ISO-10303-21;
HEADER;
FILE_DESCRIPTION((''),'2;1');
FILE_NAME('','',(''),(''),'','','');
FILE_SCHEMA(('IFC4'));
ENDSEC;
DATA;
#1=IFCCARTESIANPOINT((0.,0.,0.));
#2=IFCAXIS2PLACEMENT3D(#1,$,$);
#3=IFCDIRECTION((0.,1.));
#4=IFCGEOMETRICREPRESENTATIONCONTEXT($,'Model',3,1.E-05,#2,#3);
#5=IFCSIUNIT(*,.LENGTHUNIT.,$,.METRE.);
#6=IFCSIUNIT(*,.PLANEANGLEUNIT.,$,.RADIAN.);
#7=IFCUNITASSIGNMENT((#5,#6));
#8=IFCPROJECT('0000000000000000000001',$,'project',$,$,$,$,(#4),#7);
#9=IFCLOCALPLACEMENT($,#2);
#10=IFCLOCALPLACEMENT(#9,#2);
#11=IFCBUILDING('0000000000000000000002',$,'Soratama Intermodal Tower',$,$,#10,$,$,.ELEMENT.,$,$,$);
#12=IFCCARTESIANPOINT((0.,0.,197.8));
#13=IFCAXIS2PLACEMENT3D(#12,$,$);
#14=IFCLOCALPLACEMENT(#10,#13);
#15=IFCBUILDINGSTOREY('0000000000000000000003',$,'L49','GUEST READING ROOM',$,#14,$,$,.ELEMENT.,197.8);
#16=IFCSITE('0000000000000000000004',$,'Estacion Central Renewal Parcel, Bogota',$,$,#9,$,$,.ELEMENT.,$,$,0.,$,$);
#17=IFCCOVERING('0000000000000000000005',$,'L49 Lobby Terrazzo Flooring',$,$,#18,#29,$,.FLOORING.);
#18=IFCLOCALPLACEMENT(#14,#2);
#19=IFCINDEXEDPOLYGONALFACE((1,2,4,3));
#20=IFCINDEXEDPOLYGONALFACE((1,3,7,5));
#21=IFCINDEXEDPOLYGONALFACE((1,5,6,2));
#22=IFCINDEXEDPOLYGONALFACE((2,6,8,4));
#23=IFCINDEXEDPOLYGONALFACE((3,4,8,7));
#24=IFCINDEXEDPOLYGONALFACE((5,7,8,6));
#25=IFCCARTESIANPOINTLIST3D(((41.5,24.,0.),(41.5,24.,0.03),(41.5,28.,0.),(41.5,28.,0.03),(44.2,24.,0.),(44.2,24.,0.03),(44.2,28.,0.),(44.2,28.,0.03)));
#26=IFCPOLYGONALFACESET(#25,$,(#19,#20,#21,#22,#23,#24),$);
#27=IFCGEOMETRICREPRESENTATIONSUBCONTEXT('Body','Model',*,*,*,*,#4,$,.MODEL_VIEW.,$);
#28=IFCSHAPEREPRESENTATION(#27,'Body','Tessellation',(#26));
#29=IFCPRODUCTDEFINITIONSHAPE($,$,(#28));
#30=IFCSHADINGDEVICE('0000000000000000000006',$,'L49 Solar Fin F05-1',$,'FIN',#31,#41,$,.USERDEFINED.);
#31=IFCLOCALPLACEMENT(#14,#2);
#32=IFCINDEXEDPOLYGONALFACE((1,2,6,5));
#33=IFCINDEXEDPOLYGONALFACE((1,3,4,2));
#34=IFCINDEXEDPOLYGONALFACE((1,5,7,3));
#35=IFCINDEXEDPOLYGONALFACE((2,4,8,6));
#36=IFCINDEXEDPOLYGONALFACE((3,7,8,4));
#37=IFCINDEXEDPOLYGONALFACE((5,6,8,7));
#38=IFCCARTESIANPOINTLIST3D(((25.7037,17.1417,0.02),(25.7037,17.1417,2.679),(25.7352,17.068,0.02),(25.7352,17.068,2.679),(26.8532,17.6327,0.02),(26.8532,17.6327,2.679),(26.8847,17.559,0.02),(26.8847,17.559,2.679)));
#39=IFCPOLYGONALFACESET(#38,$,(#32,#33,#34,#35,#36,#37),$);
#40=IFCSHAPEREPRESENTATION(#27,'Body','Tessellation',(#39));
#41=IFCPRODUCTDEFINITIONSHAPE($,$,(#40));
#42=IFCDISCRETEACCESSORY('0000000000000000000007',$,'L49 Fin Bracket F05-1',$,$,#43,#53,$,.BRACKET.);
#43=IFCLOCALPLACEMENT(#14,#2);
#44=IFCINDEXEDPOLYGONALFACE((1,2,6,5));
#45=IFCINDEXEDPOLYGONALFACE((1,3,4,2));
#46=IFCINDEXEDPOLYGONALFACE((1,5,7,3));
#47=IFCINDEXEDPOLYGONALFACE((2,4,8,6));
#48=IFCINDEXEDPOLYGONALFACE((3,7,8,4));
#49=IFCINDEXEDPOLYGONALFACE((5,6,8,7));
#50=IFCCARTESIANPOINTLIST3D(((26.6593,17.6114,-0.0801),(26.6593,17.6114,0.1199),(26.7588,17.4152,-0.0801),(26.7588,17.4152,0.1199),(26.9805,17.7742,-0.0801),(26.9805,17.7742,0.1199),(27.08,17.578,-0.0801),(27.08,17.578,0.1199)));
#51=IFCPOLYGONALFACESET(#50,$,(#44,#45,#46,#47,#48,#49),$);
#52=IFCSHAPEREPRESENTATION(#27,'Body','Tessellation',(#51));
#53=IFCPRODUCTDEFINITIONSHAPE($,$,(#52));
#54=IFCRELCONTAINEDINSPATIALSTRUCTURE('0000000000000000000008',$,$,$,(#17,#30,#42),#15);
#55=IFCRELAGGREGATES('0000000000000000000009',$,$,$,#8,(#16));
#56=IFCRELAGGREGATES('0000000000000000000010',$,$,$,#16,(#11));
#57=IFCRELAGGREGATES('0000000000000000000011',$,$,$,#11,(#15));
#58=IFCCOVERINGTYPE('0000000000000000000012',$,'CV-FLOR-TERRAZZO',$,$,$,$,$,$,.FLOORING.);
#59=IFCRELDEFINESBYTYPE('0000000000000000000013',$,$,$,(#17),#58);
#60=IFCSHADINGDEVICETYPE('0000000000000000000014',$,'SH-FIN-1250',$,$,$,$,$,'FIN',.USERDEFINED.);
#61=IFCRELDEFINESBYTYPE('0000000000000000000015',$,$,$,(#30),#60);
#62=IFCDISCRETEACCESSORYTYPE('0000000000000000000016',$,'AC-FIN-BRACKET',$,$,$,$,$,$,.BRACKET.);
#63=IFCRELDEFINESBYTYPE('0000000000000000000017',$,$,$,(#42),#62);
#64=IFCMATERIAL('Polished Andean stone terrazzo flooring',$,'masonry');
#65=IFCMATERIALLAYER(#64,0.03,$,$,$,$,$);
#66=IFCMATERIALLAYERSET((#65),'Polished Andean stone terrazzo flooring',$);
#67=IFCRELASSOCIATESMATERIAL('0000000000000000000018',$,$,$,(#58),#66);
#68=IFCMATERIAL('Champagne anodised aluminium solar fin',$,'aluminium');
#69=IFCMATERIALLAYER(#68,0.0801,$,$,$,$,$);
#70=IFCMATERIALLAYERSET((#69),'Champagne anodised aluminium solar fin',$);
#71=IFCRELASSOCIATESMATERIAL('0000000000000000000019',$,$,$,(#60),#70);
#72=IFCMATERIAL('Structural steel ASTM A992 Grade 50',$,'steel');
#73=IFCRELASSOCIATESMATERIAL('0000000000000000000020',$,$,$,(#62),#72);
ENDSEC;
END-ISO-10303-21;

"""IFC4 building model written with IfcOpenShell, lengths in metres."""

from ifc_helpers import new_model, si_unit, direction, frame, origin, origin_2d, place, context, subcontext, project, spatial, polyline, rectangle, outline, extrude, material, layer, layer_set, type_object, element, save


model = new_model("IFC4")

# Units and contexts
model_context = context("Model", 3, precision=1e-05, world=origin(), true_north=direction((0.0, 1.0)))
body_context = subcontext(model_context, "Body", "Model", "MODEL_VIEW")
ifc_project = project(units=[si_unit("LENGTHUNIT", "METRE"), si_unit("PLANEANGLEUNIT", "RADIAN")], contexts=[model_context])

# Site, building, storey
site_placement = place(None, origin())
site = spatial("IfcSite", under=ifc_project, at=site_placement, Name="Estacion Central Renewal Parcel, Bogota", CompositionType="ELEMENT", RefElevation=0.0)
building_placement = place(site_placement, origin())
building = spatial("IfcBuilding", under=site, at=building_placement, Name="Soratama Intermodal Tower", CompositionType="ELEMENT")
storey_placement = place(building_placement, frame((0.0, 0.0, 197.8)))
storey = spatial("IfcBuildingStorey", under=building, at=storey_placement, Name="L49", Description="GUEST READING ROOM", CompositionType="ELEMENT", Elevation=197.8)

# Covering
ifc_material_1 = material(Name="Polished Andean stone terrazzo flooring", Category="masonry")
ifc_layer_1 = layer(ifc_material_1, 0.03)
ifc_layer_set_1 = layer_set([ifc_layer_1], Name="Polished Andean stone terrazzo flooring")
covering_type_1 = type_object("IfcCoveringType", Name="CV-FLOR-TERRAZZO", PredefinedType="FLOORING", material=ifc_layer_set_1)
covering_1_placement = place(storey_placement, origin())
element("IfcCovering", 1, at=covering_1_placement, inside=storey, type_object=covering_type_1, Name="L49 Lobby Terrazzo Flooring", PredefinedType="FLOORING", context=body_context, shape_type="SweptSolid", body=[
    extrude(outline(polyline([(41.5, 24.0), (44.2, 24.0), (44.2, 28.0), (41.5, 28.0), (41.5, 24.0)])), origin(), (0.0, 0.0, 1.0), 0.03),
])

# Shading device
ifc_material_2 = material(Name="Champagne anodised aluminium solar fin", Category="aluminium")
ifc_layer_2 = layer(ifc_material_2, 0.0801)
ifc_layer_set_2 = layer_set([ifc_layer_2], Name="Champagne anodised aluminium solar fin")
shading_device_type = type_object("IfcShadingDeviceType", Name="SH-FIN-1250", ElementType="FIN", PredefinedType="USERDEFINED", material=ifc_layer_set_2)
shading_device_placement = place(storey_placement, frame((26.2942, 17.3503, 0.02), z_axis=(0.0, 0.0, 1.0), x_axis=(-0.919616, -0.392819, 0.0)))
element("IfcShadingDevice", 2, at=shading_device_placement, inside=storey, type_object=shading_device_type, Name="L49 Solar Fin F05-1", ObjectType="FIN", PredefinedType="USERDEFINED", context=body_context, shape_type="SweptSolid", body=[
    extrude(rectangle(XDim=1.25, YDim=0.0801, at=origin_2d()), origin(), (0.0, 0.0, 1.0), 2.6589),
])

# Discrete accessory
ifc_material_3 = material(Name="Structural steel ASTM A992 Grade 50", Category="steel")
discrete_accessory_type = type_object("IfcDiscreteAccessoryType", Name="AC-FIN-BRACKET", PredefinedType="BRACKET", material=ifc_material_3)
discrete_accessory_placement = place(storey_placement, frame((26.8696, 17.5947, -0.0801), z_axis=(0.0, 0.0, 1.0), x_axis=(-0.891955, -0.452123, 0.0)))
element("IfcDiscreteAccessory", 3, at=discrete_accessory_placement, inside=storey, type_object=discrete_accessory_type, Name="L49 Fin Bracket F05-1", PredefinedType="BRACKET", context=body_context, shape_type="SweptSolid", body=[
    extrude(rectangle(XDim=0.3601, YDim=0.22, at=origin_2d()), origin(), (0.0, 0.0, 1.0), 0.2),
])

save(model, "model.ifc")
